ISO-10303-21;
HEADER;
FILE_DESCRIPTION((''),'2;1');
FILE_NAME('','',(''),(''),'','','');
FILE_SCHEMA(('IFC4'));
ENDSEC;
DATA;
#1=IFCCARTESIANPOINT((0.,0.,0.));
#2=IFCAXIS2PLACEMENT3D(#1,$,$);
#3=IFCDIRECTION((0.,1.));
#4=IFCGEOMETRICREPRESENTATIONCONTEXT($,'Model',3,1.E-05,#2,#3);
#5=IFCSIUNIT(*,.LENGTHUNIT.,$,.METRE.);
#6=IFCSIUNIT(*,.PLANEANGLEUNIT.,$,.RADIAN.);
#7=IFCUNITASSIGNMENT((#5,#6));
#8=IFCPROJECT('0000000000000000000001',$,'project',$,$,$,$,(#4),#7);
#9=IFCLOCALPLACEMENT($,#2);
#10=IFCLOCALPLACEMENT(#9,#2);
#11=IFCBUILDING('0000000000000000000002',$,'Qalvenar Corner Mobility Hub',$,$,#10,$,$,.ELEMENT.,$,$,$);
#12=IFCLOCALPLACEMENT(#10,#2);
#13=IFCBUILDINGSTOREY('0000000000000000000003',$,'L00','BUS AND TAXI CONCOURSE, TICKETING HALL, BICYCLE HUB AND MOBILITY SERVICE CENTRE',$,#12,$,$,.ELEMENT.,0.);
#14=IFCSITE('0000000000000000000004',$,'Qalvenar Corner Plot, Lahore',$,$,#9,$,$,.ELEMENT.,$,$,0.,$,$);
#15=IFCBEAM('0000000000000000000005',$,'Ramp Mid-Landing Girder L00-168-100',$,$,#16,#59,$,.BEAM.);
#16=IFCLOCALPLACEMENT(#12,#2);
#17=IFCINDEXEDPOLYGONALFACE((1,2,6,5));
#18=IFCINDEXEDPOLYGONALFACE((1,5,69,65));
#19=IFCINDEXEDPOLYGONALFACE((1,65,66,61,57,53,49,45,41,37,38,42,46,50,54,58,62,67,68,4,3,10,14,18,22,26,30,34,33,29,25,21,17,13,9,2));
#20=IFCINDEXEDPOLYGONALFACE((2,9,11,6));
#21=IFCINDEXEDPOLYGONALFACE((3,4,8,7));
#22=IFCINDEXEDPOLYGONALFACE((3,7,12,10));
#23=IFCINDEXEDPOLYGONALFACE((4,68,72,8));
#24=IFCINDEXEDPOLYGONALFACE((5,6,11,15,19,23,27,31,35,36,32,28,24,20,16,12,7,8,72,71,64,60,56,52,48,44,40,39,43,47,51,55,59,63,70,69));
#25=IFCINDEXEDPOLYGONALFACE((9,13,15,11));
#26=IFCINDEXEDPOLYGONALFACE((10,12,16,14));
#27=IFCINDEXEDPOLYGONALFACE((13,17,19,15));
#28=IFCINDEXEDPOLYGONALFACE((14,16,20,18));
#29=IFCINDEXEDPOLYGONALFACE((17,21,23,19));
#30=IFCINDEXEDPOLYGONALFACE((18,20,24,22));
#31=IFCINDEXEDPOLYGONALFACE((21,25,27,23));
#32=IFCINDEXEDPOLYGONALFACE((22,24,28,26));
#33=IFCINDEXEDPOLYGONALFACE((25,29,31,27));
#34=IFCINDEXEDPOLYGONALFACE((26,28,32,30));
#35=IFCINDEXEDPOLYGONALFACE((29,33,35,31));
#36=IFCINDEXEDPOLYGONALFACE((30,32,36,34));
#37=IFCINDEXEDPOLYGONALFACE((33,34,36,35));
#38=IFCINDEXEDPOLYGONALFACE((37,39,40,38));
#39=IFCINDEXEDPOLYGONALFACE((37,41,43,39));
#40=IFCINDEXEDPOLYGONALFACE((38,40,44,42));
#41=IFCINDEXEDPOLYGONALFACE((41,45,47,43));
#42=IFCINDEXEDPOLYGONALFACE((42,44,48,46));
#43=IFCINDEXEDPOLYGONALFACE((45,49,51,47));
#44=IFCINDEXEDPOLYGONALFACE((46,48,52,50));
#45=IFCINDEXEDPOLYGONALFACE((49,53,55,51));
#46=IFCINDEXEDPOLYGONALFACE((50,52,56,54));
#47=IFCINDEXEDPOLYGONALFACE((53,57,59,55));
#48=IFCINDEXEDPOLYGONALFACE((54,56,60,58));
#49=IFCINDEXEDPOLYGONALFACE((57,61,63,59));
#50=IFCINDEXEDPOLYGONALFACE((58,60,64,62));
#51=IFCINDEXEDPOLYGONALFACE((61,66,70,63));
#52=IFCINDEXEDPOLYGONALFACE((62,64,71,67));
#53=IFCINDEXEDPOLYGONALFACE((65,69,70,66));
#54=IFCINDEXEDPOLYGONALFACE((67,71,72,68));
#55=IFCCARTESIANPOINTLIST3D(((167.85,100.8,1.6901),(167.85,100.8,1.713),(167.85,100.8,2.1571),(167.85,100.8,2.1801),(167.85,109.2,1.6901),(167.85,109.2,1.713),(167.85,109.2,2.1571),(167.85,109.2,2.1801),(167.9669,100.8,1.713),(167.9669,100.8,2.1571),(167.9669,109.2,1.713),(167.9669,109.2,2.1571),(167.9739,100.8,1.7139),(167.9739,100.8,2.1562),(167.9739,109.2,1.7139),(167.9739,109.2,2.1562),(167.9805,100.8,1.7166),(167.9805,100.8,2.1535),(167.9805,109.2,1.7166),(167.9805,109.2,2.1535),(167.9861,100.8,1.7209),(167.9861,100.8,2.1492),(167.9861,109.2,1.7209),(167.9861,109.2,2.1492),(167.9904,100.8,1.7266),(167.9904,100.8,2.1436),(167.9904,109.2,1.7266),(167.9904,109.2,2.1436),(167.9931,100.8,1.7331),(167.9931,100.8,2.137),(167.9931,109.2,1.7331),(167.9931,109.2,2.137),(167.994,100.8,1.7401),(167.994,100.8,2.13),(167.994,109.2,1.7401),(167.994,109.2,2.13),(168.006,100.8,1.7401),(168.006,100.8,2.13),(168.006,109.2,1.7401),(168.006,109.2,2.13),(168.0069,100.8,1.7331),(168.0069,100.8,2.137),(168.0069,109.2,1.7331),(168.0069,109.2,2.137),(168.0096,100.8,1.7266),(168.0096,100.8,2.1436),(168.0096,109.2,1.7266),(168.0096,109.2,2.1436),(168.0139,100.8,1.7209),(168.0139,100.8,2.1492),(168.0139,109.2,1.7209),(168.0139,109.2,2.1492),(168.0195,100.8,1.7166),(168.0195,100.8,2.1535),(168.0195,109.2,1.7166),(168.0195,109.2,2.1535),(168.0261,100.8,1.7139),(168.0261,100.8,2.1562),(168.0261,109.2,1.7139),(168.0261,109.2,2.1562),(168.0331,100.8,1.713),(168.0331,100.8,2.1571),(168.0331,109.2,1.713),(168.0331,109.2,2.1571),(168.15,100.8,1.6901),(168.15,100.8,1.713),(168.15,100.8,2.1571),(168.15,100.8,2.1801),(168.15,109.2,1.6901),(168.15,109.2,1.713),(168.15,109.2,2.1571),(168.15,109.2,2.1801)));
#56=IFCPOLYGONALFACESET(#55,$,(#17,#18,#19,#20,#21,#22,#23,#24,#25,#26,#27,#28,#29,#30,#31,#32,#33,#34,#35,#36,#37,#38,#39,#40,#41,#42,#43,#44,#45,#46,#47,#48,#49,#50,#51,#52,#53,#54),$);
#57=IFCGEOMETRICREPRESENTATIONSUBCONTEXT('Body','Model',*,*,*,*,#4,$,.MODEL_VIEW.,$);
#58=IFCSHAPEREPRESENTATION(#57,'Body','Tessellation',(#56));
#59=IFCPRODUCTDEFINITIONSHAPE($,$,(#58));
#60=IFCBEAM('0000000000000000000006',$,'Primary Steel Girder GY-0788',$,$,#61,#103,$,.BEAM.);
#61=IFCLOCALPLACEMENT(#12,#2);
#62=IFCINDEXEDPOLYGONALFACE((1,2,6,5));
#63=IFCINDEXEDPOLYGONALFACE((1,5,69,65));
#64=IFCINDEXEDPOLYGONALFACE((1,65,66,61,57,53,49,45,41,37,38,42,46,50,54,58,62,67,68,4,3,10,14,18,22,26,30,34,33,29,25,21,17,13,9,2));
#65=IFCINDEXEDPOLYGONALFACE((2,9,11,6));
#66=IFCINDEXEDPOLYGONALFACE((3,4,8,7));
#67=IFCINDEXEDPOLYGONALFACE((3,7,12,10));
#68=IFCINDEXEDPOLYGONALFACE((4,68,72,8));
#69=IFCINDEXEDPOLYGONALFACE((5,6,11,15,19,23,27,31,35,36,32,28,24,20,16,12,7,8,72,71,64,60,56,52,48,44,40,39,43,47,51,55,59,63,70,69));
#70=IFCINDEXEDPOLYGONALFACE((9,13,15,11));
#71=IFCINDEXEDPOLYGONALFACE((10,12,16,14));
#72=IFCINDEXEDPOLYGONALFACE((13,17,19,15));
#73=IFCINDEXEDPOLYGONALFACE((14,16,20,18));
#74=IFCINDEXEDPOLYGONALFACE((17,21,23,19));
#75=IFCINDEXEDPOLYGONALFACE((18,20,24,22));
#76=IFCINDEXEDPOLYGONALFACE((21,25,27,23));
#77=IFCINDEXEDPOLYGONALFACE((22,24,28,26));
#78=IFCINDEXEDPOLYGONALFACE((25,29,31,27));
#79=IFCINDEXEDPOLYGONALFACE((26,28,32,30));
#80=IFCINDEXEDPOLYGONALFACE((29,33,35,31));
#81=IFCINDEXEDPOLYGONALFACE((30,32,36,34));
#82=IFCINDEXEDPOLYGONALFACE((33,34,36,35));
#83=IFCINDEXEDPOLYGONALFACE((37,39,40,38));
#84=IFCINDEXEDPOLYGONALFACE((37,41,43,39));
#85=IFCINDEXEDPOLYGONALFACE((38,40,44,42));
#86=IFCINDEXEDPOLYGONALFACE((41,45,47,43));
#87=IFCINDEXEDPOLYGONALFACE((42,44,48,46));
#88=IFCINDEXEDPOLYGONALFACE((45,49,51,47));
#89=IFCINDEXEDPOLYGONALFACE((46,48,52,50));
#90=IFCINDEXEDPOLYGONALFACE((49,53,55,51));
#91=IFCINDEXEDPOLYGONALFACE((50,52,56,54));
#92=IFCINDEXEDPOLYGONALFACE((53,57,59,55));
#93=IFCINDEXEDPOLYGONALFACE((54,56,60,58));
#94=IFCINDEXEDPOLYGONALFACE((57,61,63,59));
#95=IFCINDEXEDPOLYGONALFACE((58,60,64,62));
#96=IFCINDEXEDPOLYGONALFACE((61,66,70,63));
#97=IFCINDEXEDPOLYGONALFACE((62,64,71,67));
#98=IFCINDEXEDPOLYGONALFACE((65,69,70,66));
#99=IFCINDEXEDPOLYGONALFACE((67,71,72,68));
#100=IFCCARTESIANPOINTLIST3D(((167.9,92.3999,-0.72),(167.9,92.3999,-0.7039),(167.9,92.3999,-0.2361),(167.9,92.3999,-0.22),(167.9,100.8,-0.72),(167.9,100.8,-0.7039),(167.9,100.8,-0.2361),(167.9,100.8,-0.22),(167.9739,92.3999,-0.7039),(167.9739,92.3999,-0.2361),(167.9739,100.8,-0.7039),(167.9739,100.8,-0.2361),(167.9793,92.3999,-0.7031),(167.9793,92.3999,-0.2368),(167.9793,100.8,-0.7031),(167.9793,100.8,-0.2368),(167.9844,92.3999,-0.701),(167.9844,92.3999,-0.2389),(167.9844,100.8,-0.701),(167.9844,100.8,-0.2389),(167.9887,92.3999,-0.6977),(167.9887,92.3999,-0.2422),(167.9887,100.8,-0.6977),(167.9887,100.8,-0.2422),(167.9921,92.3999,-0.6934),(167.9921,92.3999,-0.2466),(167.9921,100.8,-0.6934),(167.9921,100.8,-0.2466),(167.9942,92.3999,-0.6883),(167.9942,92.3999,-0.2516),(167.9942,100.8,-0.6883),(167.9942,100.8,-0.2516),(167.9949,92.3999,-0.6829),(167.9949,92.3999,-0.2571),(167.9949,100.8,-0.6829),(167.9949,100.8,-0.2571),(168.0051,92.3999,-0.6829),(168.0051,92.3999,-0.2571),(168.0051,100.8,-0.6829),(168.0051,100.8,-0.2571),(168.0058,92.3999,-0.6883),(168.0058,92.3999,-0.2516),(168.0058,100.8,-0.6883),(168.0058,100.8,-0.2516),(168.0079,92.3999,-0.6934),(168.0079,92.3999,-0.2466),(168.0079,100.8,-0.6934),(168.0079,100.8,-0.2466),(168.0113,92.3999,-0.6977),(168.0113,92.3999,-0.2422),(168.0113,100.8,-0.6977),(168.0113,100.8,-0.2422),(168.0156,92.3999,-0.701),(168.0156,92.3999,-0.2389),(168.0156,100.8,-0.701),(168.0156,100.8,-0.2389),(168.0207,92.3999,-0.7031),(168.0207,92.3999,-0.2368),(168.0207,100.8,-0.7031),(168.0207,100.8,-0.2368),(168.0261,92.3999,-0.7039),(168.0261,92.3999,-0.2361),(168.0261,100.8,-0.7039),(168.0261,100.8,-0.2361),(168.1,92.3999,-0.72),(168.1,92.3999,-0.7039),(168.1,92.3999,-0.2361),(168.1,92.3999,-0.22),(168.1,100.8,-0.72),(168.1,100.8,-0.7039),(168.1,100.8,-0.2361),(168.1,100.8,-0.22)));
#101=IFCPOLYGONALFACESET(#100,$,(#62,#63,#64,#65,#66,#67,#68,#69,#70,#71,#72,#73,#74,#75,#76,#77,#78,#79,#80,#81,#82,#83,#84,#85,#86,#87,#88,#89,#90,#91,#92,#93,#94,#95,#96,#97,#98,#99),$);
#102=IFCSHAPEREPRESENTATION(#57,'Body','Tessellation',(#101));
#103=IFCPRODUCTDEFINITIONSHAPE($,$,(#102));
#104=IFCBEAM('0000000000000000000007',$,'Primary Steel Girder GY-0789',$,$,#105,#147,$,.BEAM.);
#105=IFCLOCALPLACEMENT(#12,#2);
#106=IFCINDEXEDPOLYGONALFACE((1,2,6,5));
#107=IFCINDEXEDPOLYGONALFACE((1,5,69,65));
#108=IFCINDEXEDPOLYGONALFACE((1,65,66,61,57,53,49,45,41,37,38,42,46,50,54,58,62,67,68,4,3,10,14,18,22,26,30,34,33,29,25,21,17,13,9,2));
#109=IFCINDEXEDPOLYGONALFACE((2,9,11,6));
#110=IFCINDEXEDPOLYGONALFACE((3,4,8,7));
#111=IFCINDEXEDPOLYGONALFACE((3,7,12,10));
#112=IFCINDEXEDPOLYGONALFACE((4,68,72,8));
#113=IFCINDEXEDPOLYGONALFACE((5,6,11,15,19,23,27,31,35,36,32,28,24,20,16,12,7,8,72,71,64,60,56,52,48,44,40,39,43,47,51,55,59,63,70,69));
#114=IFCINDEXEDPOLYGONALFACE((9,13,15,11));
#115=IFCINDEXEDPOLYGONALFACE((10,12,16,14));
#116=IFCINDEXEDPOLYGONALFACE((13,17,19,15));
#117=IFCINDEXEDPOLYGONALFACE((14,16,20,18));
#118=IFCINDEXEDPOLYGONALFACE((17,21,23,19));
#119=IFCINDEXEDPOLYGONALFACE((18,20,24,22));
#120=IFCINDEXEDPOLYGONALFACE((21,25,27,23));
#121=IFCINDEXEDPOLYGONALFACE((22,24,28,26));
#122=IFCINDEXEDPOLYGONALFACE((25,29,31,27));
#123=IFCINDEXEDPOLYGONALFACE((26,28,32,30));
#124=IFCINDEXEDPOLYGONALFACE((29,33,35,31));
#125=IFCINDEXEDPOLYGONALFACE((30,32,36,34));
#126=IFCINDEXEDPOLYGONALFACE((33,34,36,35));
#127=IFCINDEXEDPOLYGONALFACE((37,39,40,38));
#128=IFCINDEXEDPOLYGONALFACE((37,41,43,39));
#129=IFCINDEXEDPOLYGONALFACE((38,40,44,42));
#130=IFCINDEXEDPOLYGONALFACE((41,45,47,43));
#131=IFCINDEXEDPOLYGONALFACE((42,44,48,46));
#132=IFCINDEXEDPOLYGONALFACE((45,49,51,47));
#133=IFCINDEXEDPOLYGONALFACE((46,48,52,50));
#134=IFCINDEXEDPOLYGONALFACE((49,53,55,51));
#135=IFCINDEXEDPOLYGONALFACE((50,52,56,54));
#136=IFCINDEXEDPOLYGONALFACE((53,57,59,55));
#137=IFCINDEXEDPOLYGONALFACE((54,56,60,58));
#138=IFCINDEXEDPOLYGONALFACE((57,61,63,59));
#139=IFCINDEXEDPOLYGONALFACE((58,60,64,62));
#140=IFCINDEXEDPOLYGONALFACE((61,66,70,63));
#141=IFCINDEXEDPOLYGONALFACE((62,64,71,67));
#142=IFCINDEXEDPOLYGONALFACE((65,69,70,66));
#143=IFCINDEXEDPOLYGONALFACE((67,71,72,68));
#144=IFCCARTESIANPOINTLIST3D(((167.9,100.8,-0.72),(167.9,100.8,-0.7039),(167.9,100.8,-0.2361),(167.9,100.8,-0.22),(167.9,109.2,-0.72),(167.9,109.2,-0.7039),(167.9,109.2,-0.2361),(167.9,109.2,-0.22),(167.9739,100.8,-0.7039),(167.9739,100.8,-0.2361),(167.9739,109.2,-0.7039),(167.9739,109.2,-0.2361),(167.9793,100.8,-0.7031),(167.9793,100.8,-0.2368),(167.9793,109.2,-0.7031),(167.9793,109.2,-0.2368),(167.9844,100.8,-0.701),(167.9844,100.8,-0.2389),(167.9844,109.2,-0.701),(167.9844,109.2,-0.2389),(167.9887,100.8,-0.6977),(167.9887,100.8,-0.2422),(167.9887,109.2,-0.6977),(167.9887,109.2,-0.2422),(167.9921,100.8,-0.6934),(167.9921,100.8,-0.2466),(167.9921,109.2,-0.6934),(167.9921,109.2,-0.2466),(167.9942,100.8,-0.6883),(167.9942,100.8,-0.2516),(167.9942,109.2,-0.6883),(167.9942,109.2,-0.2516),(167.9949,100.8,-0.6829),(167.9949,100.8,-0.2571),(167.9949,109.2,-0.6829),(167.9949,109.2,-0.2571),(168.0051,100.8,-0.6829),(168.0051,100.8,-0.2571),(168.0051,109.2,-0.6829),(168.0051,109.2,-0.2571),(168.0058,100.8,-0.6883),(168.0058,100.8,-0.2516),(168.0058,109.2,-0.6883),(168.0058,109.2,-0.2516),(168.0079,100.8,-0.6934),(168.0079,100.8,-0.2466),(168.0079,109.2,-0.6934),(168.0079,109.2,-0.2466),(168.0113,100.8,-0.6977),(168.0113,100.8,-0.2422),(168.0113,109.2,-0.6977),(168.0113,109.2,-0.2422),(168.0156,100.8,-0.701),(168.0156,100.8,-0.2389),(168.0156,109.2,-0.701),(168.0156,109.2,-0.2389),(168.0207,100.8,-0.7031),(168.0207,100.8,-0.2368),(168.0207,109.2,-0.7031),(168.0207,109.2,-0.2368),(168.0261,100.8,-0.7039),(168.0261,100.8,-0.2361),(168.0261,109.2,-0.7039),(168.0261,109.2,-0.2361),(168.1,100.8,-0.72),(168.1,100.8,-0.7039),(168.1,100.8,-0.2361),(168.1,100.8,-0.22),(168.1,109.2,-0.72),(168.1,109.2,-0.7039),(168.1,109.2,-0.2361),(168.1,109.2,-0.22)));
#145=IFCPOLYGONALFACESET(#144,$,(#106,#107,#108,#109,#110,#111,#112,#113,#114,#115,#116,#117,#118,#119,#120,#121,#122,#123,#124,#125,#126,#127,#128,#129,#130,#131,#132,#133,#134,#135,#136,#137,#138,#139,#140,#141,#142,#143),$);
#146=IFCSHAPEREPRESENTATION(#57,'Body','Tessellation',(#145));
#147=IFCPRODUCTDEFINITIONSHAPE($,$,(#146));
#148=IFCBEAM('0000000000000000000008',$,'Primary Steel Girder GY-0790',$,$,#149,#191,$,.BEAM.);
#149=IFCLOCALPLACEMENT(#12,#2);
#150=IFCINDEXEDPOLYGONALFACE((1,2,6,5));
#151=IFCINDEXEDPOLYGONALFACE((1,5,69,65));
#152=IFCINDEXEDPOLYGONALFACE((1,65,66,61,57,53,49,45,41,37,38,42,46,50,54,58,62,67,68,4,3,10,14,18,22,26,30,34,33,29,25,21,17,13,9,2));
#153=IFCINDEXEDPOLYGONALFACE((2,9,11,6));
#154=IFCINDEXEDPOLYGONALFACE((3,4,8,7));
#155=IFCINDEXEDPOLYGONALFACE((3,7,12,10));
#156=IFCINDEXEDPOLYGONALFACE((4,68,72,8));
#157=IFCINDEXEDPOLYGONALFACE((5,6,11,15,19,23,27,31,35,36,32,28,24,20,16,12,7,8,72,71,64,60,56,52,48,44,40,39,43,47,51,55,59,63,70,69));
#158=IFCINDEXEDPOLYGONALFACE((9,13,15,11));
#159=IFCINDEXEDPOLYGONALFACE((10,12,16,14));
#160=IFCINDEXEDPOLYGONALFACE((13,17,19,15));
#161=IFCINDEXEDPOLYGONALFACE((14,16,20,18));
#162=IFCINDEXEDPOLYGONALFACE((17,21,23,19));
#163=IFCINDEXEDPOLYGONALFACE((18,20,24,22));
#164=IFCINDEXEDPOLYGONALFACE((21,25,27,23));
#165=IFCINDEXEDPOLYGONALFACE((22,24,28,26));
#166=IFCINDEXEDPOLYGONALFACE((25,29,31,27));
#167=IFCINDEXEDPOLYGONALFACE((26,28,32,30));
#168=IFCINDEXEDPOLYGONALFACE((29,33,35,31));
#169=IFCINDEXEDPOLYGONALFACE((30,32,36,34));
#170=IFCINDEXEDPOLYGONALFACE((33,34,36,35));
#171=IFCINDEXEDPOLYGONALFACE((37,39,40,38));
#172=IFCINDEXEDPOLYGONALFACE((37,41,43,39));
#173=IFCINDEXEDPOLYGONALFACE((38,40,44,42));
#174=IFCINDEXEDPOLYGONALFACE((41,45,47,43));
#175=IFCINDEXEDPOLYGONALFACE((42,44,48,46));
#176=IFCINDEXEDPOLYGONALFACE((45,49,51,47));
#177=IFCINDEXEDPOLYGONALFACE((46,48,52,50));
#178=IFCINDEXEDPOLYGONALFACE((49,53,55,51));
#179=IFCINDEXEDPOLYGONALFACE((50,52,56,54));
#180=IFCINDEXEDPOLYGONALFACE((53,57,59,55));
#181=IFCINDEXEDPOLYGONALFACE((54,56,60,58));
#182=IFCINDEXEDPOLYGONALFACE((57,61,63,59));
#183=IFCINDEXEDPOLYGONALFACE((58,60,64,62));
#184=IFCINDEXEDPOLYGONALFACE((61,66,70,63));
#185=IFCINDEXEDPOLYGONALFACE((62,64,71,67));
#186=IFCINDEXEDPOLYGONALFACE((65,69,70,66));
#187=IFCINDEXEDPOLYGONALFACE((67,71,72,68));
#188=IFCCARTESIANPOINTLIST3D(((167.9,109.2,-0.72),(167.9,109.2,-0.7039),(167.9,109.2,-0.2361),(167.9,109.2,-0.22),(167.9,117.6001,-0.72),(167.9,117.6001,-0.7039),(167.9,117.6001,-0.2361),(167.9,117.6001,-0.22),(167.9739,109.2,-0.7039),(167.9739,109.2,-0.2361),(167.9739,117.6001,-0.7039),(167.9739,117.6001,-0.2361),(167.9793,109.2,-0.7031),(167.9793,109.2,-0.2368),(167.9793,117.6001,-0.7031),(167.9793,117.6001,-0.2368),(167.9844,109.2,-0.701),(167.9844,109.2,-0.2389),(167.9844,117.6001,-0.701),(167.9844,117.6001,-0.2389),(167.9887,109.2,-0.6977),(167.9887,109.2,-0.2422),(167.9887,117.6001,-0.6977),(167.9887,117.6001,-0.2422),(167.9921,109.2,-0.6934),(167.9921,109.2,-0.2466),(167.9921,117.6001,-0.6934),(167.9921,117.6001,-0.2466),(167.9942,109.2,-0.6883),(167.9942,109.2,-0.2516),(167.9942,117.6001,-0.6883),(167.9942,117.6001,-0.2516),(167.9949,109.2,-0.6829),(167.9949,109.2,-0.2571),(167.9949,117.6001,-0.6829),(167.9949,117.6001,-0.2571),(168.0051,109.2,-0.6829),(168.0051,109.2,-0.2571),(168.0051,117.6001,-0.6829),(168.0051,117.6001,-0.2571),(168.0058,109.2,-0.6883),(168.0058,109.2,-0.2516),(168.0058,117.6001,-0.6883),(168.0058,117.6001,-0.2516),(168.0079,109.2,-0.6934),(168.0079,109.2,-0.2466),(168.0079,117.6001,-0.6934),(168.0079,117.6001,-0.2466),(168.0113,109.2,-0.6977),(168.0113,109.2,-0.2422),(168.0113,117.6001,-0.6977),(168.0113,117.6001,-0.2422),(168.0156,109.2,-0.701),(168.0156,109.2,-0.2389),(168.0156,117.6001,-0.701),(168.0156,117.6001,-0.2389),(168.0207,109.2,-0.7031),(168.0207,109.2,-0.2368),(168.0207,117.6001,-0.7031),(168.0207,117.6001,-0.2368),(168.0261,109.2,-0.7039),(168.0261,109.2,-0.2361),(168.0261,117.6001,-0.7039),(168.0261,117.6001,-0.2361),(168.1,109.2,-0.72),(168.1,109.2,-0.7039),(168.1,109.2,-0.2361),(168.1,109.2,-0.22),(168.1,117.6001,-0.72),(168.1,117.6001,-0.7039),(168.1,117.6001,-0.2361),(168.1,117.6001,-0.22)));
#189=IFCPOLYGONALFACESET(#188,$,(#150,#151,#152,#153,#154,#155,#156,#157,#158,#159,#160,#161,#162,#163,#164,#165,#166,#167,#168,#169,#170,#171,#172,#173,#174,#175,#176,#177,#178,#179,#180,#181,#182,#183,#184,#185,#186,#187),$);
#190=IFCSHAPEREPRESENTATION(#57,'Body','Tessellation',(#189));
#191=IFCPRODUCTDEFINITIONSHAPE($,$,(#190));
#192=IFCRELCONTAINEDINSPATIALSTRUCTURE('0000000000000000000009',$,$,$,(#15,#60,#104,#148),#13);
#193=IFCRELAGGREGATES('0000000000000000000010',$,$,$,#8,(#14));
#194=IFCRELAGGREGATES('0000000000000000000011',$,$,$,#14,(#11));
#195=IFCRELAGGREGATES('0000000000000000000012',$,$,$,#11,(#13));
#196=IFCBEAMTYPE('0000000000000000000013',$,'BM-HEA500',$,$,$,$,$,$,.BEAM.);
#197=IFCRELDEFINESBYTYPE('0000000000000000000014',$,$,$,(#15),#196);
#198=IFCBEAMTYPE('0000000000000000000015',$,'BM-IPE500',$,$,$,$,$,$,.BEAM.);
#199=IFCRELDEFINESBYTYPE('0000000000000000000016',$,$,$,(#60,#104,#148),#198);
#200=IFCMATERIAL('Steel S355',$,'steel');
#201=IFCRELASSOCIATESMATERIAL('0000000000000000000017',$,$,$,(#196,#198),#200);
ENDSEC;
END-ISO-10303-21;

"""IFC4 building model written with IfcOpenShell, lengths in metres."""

from ifc_helpers import new_model, si_unit, direction, frame, origin, origin_2d, place, context, subcontext, project, spatial, i_section, extrude, material, material_profile, profile_set, type_object, element, save


model = new_model("IFC4")

# Units and contexts
model_context = context("Model", 3, precision=1e-05, world=origin(), true_north=direction((0.0, 1.0)))
body_context = subcontext(model_context, "Body", "Model", "MODEL_VIEW")
ifc_project = project(units=[si_unit("LENGTHUNIT", "METRE"), si_unit("PLANEANGLEUNIT", "RADIAN")], contexts=[model_context])

# Site, building, storey
site_placement = place(None, origin())
site = spatial("IfcSite", under=ifc_project, at=site_placement, Name="Qalvenar Corner Plot, Lahore", CompositionType="ELEMENT", RefElevation=0.0)
building_placement = place(site_placement, origin())
building = spatial("IfcBuilding", under=site, at=building_placement, Name="Qalvenar Corner Mobility Hub", CompositionType="ELEMENT")
storey_placement = place(building_placement, origin())
storey = spatial("IfcBuildingStorey", under=building, at=storey_placement, Name="L00", Description="BUS AND TAXI CONCOURSE, TICKETING HALL, BICYCLE HUB AND MOBILITY SERVICE CENTRE", CompositionType="ELEMENT", Elevation=0.0)

# Shared definitions
ifc_material_1 = material(Name="Steel S355", Category="steel")

# Beams
ifc_material_profile_1 = material_profile(ifc_material_1, i_section(OverallWidth=0.3, OverallDepth=0.49, WebThickness=0.012, FlangeThickness=0.0229, FilletRadius=0.0271, at=origin_2d()), Name="HEA500")
ifc_profile_set_1 = profile_set([ifc_material_profile_1], Name="Steel S355")
beam_type_1 = type_object("IfcBeamType", Name="BM-HEA500", PredefinedType="BEAM", material=ifc_profile_set_1)
beam_1_placement = place(storey_placement, frame((168.0, 100.8, 1.9351), z_axis=(0.0, 1.0, 0.0), x_axis=(-1.0, 0.0, 0.0)))
element("IfcBeam", 1, at=beam_1_placement, inside=storey, type_object=beam_type_1, Name="Ramp Mid-Landing Girder L00-168-100", PredefinedType="BEAM", context=body_context, shape_type="SweptSolid", body=[
    extrude(i_section(OverallWidth=0.3, OverallDepth=0.49, WebThickness=0.012, FlangeThickness=0.0229, FilletRadius=0.0271, at=origin_2d()), origin(), (0.0, 0.0, 1.0), 8.3999),
])
ifc_material_profile_2 = material_profile(ifc_material_1, i_section(OverallWidth=0.2, OverallDepth=0.5, WebThickness=0.0103, FlangeThickness=0.0161, FilletRadius=0.021, at=origin_2d()), Name="IPE500")
ifc_profile_set_2 = profile_set([ifc_material_profile_2], Name="Steel S355")
beam_type_2 = type_object("IfcBeamType", Name="BM-IPE500", PredefinedType="BEAM", material=ifc_profile_set_2)
beam_2_placement = place(storey_placement, frame((168.0, 92.3999, -0.47), z_axis=(0.0, 1.0, 0.0), x_axis=(-1.0, 0.0, 0.0)))
element("IfcBeam", 2, at=beam_2_placement, inside=storey, type_object=beam_type_2, Name="Primary Steel Girder GY-0788", PredefinedType="BEAM", context=body_context, shape_type="SweptSolid", body=[
    extrude(i_section(OverallWidth=0.2, OverallDepth=0.5, WebThickness=0.0103, FlangeThickness=0.0161, FilletRadius=0.021, at=origin_2d()), origin(), (0.0, 0.0, 1.0), 8.4001),
])
beam_3_placement = place(storey_placement, frame((168.0, 100.8, -0.47), z_axis=(0.0, 1.0, 0.0), x_axis=(-1.0, 0.0, 0.0)))
element("IfcBeam", 3, at=beam_3_placement, inside=storey, type_object=beam_type_2, Name="Primary Steel Girder GY-0789", PredefinedType="BEAM", context=body_context, shape_type="SweptSolid", body=[
    extrude(i_section(OverallWidth=0.2, OverallDepth=0.5, WebThickness=0.0103, FlangeThickness=0.0161, FilletRadius=0.021, at=origin_2d()), origin(), (0.0, 0.0, 1.0), 8.3999),
])
beam_4_placement = place(storey_placement, frame((168.0, 109.2, -0.47), z_axis=(0.0, 1.0, 0.0), x_axis=(-1.0, 0.0, 0.0)))
element("IfcBeam", 4, at=beam_4_placement, inside=storey, type_object=beam_type_2, Name="Primary Steel Girder GY-0790", PredefinedType="BEAM", context=body_context, shape_type="SweptSolid", body=[
    extrude(i_section(OverallWidth=0.2, OverallDepth=0.5, WebThickness=0.0103, FlangeThickness=0.0161, FilletRadius=0.021, at=origin_2d()), origin(), (0.0, 0.0, 1.0), 8.4001),
])

save(model, "model.ifc")
